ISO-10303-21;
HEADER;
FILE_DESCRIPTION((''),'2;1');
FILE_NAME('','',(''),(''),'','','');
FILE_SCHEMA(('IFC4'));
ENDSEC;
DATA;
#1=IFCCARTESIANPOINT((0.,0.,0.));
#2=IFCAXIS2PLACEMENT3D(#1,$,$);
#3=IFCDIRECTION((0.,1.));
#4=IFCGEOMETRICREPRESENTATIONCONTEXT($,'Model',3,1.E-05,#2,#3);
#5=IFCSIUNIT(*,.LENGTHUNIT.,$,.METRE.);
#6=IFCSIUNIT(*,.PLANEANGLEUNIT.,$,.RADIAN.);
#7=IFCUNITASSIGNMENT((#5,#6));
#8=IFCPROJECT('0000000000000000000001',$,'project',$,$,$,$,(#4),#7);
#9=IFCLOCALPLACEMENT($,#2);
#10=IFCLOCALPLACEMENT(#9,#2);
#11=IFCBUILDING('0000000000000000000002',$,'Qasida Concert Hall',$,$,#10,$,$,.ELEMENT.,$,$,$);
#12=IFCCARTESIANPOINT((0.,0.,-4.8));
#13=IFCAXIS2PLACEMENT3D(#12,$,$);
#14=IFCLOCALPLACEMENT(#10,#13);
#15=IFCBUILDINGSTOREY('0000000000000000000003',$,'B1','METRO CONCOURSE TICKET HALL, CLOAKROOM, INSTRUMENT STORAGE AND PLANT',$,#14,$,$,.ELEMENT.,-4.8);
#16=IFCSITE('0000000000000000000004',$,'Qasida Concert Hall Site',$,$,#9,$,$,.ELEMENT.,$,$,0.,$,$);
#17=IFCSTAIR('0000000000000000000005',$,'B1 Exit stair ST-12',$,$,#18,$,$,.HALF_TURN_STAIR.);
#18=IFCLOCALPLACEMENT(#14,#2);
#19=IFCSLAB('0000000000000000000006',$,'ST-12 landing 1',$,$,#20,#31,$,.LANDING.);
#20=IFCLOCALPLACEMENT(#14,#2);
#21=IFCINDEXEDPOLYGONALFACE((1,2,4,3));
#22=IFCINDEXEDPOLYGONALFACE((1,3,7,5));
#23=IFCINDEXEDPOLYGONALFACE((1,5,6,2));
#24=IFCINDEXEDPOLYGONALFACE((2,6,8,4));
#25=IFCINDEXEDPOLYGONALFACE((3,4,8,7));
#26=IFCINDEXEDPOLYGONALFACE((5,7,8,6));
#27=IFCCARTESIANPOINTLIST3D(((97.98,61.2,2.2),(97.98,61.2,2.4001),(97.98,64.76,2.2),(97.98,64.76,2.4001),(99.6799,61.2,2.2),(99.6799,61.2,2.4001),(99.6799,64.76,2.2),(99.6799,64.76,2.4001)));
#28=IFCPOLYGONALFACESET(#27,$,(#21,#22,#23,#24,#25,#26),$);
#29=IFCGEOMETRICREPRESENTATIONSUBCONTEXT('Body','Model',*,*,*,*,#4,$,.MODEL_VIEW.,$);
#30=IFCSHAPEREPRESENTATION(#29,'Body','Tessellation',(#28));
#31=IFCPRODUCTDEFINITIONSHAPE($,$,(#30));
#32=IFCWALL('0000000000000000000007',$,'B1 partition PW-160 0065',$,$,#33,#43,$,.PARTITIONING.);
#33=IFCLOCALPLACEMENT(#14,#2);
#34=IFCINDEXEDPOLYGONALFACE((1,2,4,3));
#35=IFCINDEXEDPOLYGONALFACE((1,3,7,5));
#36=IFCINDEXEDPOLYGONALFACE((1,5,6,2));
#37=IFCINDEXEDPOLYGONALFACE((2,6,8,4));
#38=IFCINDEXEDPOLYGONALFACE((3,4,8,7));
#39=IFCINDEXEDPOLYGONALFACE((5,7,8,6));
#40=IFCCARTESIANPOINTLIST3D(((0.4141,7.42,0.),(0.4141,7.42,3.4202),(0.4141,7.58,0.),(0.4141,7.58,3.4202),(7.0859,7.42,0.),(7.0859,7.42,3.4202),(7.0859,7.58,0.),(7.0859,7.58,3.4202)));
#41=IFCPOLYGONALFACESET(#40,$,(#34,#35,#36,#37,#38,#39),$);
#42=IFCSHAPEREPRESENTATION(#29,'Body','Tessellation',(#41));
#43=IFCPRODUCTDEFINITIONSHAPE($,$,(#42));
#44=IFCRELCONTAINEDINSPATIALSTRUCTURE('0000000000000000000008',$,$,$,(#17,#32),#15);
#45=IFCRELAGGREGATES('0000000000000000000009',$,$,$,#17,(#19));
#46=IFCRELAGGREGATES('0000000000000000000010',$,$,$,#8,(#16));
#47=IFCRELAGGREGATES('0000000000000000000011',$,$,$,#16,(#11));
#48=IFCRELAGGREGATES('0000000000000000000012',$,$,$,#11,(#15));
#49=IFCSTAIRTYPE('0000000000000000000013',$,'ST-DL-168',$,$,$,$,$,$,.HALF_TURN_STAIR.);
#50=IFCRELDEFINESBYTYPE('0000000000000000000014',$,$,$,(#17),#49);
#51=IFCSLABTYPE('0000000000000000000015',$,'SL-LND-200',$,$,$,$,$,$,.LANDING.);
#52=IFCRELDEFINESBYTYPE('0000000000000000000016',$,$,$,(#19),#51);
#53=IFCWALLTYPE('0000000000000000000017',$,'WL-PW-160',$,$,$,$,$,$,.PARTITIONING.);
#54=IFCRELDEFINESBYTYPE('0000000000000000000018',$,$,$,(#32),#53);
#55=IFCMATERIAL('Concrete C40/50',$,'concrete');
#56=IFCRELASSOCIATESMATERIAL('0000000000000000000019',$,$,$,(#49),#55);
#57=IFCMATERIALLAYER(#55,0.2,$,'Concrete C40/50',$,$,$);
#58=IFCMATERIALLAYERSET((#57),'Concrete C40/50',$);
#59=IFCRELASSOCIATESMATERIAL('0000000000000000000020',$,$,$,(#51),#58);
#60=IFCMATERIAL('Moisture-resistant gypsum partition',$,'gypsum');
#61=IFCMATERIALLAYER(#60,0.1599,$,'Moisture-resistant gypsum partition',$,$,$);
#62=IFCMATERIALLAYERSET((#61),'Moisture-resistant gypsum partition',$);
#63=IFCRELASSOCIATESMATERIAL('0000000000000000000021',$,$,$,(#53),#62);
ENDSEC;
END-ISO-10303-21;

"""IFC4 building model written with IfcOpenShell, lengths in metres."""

from ifc_helpers import new_model, si_unit, direction, frame, frame_2d, origin, place, context, subcontext, project, spatial, polyline, rectangle, outline, extrude, material, layer, layer_set, type_object, element, aggregate, save


model = new_model("IFC4")

# Units and contexts
model_context = context("Model", 3, precision=1e-05, world=origin(), true_north=direction((0.0, 1.0)))
body_context = subcontext(model_context, "Body", "Model", "MODEL_VIEW")
ifc_project = project(units=[si_unit("LENGTHUNIT", "METRE"), si_unit("PLANEANGLEUNIT", "RADIAN")], contexts=[model_context])

# Site, building, storey
site_placement = place(None, origin())
site = spatial("IfcSite", under=ifc_project, at=site_placement, Name="Qasida Concert Hall Site", CompositionType="ELEMENT", RefElevation=0.0)
building_placement = place(site_placement, origin())
building = spatial("IfcBuilding", under=site, at=building_placement, Name="Qasida Concert Hall", CompositionType="ELEMENT")
storey_placement = place(building_placement, frame((0.0, 0.0, -4.8)))
storey = spatial("IfcBuildingStorey", under=building, at=storey_placement, Name="B1", Description="METRO CONCOURSE TICKET HALL, CLOAKROOM, INSTRUMENT STORAGE AND PLANT", CompositionType="ELEMENT", Elevation=-4.8)

# Shared definitions
ifc_material_1 = material(Name="Concrete C40/50", Category="concrete")

# Stair, slab
stair_type_1 = type_object("IfcStairType", Name="ST-DL-168", PredefinedType="HALF_TURN_STAIR", material=ifc_material_1)
ifc_layer_1 = layer(ifc_material_1, 0.2, Name="Concrete C40/50")
ifc_layer_set_1 = layer_set([ifc_layer_1], Name="Concrete C40/50")
slab_type_1 = type_object("IfcSlabType", Name="SL-LND-200", PredefinedType="LANDING", material=ifc_layer_set_1)
stair_1_placement = place(storey_placement, origin())
stair_1 = element("IfcStair", 1, at=stair_1_placement, inside=storey, type_object=stair_type_1, Name="B1 Exit stair ST-12", PredefinedType="HALF_TURN_STAIR")
slab_1_placement = place(storey_placement, frame((0.0, 0.0, 2.2)))
slab_1 = element("IfcSlab", 2, at=slab_1_placement, type_object=slab_type_1, Name="ST-12 landing 1", PredefinedType="LANDING", context=body_context, shape_type="SweptSolid", body=[
    extrude(outline(polyline([(99.6799, 64.76), (97.98, 64.76), (97.98, 61.2), (99.6799, 61.2), (99.6799, 64.76)])), origin(), (0.0, 0.0, 1.0), 0.2002),
])
aggregate(stair_1, [slab_1])

# Wall
ifc_material_2 = material(Name="Moisture-resistant gypsum partition", Category="gypsum")
ifc_layer_2 = layer(ifc_material_2, 0.1599, Name="Moisture-resistant gypsum partition")
ifc_layer_set_2 = layer_set([ifc_layer_2], Name="Moisture-resistant gypsum partition")
wall_type = type_object("IfcWallType", Name="WL-PW-160", PredefinedType="PARTITIONING", material=ifc_layer_set_2)
wall_placement = place(storey_placement, frame((0.4141, 7.5, 0.0), z_axis=(0.0, 0.0, 1.0), x_axis=(1.0, 0.0, 0.0)))
element("IfcWall", 3, at=wall_placement, inside=storey, type_object=wall_type, Name="B1 partition PW-160 0065", PredefinedType="PARTITIONING", context=body_context, shape_type="SweptSolid", body=[
    extrude(rectangle(XDim=6.6719, YDim=0.1599, at=frame_2d((3.3359, 0.0))), origin(), (0.0, 0.0, 1.0), 3.4202),
])

save(model, "model.ifc")
